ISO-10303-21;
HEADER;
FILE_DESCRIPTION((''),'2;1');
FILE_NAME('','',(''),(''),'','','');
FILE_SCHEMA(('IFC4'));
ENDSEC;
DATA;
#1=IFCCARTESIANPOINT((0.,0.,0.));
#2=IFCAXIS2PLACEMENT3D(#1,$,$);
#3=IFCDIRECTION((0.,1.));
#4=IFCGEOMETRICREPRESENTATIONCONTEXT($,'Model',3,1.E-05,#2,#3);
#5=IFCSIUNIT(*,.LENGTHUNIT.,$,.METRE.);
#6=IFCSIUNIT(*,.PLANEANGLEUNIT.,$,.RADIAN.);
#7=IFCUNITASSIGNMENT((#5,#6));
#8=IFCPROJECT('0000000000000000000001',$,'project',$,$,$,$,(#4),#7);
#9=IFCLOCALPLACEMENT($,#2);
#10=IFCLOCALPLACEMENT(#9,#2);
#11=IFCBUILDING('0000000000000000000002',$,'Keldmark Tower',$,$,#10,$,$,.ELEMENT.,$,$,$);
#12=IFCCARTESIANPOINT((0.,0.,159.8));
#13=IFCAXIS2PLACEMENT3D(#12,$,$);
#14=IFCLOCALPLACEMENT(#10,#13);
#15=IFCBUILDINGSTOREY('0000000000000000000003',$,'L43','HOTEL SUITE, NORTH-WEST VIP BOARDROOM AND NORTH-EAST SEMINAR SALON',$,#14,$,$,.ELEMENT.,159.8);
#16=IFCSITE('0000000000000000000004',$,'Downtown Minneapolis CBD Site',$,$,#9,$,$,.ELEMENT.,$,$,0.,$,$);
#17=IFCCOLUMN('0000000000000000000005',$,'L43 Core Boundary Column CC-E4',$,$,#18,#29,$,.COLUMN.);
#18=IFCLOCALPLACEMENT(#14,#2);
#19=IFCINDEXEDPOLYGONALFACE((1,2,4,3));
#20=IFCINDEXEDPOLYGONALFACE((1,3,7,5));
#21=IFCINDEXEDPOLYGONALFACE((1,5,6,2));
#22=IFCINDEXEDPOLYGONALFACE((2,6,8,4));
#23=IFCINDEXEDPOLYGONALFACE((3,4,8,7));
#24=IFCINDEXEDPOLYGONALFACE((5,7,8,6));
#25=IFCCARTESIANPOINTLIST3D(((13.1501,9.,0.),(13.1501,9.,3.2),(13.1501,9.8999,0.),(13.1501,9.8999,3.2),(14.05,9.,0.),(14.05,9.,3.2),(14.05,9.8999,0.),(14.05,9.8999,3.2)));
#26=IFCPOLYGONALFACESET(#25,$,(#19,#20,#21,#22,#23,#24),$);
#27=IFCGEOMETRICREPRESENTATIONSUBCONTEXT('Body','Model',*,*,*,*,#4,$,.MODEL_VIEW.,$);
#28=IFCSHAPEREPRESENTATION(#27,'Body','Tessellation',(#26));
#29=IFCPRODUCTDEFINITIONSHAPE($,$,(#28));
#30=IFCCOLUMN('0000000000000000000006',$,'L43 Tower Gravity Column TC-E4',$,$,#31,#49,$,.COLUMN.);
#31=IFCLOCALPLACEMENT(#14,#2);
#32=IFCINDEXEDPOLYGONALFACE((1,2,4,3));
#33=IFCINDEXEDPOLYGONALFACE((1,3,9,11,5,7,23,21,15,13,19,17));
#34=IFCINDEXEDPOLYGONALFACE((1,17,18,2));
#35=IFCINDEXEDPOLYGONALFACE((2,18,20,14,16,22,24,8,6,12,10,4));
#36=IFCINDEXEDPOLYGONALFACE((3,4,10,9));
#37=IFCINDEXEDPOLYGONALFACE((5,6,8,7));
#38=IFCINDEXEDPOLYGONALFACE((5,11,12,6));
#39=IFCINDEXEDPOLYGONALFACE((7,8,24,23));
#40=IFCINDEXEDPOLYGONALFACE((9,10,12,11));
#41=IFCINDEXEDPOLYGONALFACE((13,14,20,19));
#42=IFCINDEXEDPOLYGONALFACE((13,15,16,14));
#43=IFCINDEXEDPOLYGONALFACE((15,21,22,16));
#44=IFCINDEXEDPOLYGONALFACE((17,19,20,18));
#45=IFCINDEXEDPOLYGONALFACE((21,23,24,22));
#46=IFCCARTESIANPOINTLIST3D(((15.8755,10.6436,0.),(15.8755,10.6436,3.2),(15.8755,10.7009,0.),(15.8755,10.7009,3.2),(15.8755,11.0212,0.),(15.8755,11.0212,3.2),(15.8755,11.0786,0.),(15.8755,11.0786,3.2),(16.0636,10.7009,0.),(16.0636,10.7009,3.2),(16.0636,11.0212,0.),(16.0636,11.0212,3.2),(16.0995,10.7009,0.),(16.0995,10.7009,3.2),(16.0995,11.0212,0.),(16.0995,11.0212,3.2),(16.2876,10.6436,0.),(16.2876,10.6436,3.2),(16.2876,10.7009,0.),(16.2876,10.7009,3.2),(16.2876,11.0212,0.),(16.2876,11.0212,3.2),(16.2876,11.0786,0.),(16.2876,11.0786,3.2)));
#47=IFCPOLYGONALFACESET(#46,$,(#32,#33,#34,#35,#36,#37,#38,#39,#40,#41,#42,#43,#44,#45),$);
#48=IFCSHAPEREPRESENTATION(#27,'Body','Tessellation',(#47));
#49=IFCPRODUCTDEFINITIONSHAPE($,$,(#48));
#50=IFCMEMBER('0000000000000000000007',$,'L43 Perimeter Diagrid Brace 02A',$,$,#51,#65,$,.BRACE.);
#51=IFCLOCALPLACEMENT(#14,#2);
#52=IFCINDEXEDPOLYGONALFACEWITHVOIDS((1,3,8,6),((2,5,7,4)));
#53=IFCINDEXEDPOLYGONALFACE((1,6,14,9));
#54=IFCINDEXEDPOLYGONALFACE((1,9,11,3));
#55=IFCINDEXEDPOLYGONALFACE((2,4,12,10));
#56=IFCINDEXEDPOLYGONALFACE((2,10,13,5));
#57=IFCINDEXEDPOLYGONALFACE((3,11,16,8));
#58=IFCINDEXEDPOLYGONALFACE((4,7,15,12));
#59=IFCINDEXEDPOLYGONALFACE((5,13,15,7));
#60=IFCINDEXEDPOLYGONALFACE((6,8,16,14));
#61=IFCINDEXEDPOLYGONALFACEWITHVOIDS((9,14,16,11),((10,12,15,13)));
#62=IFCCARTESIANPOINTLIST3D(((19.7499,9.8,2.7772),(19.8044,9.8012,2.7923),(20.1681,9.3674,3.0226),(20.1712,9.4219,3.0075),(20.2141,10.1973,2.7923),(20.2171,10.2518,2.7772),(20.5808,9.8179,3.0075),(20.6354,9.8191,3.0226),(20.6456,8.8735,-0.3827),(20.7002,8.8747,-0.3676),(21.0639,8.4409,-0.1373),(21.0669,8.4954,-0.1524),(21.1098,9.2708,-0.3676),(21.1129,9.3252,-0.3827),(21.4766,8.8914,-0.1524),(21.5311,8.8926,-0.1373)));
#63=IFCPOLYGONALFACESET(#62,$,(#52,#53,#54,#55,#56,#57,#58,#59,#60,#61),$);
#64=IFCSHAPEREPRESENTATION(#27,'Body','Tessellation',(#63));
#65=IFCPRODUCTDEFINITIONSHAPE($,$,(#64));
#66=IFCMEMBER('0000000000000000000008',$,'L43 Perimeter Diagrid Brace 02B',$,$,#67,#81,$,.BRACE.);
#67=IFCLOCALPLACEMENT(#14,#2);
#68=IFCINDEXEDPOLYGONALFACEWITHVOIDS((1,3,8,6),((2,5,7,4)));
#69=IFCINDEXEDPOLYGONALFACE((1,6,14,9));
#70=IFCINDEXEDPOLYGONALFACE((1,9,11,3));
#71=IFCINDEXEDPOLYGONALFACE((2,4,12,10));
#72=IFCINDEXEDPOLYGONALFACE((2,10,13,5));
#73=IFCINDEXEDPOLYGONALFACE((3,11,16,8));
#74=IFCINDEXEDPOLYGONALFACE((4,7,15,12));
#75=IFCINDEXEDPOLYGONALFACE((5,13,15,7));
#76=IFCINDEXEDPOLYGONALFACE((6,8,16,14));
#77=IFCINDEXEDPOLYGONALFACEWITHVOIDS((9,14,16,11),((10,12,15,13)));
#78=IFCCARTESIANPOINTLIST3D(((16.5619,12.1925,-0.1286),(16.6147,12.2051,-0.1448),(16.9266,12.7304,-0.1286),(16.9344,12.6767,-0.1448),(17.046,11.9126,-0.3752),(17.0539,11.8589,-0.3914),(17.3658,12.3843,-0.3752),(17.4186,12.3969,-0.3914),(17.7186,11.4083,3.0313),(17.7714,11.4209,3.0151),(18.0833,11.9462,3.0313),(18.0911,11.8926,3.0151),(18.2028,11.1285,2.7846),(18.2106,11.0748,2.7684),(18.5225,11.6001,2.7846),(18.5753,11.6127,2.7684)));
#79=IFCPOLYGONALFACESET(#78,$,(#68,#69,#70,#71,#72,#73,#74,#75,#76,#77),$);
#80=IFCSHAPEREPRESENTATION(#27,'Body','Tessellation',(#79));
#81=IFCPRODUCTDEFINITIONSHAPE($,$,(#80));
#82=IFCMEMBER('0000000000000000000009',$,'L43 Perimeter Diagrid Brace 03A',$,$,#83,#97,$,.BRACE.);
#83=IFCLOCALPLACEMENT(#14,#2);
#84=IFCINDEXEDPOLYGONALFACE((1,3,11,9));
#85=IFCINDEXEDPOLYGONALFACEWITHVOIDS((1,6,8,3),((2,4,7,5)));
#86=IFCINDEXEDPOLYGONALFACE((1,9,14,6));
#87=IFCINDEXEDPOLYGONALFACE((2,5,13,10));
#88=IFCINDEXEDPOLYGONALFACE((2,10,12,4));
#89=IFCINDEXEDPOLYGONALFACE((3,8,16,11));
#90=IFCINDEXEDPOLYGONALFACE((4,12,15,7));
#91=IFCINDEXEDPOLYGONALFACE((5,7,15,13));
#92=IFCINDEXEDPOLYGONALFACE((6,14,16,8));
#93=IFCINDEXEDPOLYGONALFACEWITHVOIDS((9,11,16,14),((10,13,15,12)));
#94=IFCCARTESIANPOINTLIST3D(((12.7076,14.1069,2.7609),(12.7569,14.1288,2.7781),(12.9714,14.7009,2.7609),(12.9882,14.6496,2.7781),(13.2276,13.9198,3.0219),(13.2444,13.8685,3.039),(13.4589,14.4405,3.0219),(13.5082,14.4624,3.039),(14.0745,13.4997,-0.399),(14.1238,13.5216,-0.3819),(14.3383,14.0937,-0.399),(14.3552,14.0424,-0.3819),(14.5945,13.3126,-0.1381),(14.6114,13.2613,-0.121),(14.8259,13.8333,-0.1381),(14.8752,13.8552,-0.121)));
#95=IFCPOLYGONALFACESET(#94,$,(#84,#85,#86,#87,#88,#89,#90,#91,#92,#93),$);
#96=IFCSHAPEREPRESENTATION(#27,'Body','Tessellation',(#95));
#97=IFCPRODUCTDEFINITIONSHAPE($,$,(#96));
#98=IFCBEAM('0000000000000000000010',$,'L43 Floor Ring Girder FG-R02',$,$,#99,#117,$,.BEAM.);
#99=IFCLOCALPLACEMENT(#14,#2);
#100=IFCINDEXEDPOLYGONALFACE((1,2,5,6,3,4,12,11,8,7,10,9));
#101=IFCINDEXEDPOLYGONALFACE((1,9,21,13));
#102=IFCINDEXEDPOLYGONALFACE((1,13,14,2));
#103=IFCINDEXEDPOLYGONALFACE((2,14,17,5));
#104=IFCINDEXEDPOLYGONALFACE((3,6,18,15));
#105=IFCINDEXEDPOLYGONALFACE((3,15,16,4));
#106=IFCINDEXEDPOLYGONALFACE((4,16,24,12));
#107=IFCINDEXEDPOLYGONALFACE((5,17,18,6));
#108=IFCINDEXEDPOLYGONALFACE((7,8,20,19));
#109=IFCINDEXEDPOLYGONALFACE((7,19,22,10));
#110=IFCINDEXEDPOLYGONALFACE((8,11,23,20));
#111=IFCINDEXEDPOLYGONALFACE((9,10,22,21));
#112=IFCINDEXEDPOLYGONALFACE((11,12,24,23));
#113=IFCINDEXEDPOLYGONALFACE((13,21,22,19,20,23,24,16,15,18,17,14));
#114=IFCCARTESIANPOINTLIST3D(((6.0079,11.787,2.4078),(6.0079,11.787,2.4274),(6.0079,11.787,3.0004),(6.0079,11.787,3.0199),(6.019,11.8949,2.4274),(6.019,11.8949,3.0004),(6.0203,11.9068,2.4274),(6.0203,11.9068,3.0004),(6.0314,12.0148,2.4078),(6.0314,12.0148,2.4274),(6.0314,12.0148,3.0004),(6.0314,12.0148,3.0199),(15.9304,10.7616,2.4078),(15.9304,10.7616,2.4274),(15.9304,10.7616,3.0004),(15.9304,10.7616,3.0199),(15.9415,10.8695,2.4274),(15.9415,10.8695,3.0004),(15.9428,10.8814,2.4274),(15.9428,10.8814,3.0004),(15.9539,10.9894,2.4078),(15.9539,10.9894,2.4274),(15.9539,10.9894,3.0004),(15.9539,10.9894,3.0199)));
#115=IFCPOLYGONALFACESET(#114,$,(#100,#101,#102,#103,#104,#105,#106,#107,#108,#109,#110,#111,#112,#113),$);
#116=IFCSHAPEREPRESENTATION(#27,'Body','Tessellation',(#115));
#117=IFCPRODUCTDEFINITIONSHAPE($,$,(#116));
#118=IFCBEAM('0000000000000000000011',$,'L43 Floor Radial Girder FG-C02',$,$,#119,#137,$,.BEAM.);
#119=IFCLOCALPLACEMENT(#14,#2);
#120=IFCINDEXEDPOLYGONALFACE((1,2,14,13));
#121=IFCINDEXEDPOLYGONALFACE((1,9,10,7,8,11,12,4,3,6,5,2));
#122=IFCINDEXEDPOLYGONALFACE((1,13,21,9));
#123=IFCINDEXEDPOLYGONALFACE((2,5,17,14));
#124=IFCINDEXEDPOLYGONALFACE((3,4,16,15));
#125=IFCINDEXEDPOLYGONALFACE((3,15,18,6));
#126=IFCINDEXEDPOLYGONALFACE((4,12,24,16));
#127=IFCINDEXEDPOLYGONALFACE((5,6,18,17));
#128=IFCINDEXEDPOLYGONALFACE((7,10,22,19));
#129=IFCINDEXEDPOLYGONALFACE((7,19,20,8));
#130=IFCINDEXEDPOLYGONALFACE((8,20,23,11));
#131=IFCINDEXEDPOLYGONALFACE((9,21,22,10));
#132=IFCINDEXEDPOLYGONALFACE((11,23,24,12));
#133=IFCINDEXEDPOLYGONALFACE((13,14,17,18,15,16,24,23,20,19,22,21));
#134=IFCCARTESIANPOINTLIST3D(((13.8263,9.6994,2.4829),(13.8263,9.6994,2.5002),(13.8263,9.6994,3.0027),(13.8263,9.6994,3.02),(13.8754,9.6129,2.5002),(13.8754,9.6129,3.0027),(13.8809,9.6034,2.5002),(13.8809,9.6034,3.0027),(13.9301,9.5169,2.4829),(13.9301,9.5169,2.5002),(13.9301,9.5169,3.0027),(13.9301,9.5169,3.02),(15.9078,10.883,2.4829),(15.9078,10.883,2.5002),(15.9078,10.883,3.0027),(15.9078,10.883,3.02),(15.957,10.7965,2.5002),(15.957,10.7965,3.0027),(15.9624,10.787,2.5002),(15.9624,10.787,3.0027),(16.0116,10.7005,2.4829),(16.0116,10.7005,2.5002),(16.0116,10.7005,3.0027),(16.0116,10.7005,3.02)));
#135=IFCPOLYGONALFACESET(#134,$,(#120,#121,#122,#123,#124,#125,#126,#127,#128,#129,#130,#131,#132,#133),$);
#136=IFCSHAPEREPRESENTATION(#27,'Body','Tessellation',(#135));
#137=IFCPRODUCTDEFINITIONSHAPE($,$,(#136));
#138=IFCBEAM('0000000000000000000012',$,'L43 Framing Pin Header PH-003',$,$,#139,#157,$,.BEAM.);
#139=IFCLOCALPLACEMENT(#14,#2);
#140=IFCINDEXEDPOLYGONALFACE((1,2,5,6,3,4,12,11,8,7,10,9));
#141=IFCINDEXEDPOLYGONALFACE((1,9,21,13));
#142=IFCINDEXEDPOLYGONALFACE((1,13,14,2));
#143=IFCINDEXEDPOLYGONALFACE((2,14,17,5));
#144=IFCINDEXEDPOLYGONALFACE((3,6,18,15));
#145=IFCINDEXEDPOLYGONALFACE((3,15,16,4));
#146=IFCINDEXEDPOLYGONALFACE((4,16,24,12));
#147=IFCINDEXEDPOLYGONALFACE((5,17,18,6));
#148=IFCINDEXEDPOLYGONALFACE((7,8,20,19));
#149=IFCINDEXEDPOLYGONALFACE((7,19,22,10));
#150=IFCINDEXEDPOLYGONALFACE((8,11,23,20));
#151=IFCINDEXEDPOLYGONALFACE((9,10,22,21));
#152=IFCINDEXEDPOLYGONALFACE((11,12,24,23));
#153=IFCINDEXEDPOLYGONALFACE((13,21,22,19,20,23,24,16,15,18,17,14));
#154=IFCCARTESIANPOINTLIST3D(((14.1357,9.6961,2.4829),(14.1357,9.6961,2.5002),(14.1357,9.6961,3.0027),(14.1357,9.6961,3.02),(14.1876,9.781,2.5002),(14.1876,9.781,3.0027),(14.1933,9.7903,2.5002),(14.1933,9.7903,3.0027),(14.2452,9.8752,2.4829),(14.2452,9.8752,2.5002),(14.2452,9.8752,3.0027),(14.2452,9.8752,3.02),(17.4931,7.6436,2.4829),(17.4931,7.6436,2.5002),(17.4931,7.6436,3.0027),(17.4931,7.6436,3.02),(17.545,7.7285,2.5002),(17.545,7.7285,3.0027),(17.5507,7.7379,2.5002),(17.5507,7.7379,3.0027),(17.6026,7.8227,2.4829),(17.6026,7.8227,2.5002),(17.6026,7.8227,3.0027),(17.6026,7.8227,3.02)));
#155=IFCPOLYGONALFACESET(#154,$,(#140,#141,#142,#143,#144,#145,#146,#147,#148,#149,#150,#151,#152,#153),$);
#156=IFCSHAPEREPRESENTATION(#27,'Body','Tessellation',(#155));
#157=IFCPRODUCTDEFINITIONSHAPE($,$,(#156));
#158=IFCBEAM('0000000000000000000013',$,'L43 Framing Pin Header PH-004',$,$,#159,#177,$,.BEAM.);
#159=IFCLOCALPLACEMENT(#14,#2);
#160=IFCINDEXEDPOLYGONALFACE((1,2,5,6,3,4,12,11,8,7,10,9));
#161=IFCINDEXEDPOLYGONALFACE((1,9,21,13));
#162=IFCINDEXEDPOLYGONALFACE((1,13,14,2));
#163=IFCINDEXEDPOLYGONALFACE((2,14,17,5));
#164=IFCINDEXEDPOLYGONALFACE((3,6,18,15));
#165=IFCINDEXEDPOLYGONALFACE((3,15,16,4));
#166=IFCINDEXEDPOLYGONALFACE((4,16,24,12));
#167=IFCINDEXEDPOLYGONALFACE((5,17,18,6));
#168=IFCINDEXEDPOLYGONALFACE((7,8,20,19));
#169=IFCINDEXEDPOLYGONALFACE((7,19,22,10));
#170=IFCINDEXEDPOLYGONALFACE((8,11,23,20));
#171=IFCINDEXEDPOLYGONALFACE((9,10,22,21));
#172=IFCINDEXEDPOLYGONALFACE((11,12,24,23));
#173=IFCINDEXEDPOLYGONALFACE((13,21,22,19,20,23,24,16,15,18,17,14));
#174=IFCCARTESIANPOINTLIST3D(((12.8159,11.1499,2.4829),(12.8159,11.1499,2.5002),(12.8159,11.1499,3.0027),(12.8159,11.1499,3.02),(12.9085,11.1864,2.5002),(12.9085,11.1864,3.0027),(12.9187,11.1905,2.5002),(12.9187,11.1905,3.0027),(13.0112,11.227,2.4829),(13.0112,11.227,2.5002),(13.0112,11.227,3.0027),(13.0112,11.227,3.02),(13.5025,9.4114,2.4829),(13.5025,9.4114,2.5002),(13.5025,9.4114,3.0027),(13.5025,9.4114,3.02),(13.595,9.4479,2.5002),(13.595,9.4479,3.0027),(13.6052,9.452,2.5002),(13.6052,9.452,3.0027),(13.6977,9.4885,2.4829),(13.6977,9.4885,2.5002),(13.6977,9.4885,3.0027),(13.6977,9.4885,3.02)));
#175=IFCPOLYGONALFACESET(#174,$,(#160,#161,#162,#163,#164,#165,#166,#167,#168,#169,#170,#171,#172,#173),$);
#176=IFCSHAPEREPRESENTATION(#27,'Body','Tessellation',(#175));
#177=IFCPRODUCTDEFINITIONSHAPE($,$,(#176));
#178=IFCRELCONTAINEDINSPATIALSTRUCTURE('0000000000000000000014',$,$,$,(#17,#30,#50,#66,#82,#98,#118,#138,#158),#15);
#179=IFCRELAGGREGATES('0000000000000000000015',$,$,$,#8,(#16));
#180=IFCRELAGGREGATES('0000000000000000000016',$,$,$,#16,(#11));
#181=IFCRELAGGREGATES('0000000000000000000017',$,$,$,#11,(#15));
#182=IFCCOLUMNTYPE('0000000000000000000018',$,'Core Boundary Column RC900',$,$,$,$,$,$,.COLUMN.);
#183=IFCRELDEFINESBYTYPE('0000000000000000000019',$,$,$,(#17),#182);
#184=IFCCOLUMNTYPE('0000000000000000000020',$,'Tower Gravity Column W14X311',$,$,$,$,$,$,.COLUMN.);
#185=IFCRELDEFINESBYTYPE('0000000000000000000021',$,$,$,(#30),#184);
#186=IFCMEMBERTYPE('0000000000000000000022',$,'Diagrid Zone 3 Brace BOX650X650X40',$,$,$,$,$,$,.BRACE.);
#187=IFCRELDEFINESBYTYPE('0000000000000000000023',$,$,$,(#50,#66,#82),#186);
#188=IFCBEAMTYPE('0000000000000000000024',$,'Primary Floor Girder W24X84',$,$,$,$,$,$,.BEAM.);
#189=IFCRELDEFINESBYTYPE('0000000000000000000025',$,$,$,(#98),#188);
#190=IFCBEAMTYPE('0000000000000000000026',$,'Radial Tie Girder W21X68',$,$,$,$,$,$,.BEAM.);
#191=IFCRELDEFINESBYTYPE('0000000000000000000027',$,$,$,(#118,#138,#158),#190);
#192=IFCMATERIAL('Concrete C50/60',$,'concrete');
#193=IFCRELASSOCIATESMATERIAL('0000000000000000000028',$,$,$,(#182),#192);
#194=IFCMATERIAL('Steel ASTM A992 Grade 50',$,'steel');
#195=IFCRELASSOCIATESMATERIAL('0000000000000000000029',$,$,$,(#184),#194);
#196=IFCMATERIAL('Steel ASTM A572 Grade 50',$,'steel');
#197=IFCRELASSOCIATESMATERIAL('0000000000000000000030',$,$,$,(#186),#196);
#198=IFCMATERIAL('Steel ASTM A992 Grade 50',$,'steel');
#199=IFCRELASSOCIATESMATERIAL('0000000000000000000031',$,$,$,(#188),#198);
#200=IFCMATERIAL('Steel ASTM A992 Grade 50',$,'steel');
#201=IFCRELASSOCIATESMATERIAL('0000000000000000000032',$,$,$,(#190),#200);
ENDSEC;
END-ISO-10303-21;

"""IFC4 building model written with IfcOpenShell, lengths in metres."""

from ifc_helpers import new_model, si_unit, direction, frame, origin, origin_2d, place, context, subcontext, project, spatial, rectangle, hollow_rectangle, i_section, extrude, material, material_profile, profile_set, type_object, element, save


model = new_model("IFC4")

# Units and contexts
model_context = context("Model", 3, precision=1e-05, world=origin(), true_north=direction((0.0, 1.0)))
body_context = subcontext(model_context, "Body", "Model", "MODEL_VIEW")
ifc_project = project(units=[si_unit("LENGTHUNIT", "METRE"), si_unit("PLANEANGLEUNIT", "RADIAN")], contexts=[model_context])

# Site, building, storey
site_placement = place(None, origin())
site = spatial("IfcSite", under=ifc_project, at=site_placement, Name="Downtown Minneapolis CBD Site", CompositionType="ELEMENT", RefElevation=0.0)
building_placement = place(site_placement, origin())
building = spatial("IfcBuilding", under=site, at=building_placement, Name="Keldmark Tower", CompositionType="ELEMENT")
storey_placement = place(building_placement, frame((0.0, 0.0, 159.8)))
storey = spatial("IfcBuildingStorey", under=building, at=storey_placement, Name="L43", Description="HOTEL SUITE, NORTH-WEST VIP BOARDROOM AND NORTH-EAST SEMINAR SALON", CompositionType="ELEMENT", Elevation=159.8)

# Columns
ifc_material_1 = material(Name="Concrete C50/60", Category="concrete")
ifc_material_profile_1 = material_profile(ifc_material_1, rectangle(XDim=0.8999, YDim=0.8999, at=origin_2d()), Name="RC900X900")
ifc_profile_set_1 = profile_set([ifc_material_profile_1], Name="Concrete C50/60")
column_type_1 = type_object("IfcColumnType", Name="Core Boundary Column RC900", PredefinedType="COLUMN", material=ifc_profile_set_1)
column_1_placement = place(storey_placement, frame((13.6001, 9.45, 0.0), z_axis=(0.0, 0.0, 1.0), x_axis=(1.0, 0.0, 0.0)))
element("IfcColumn", 1, at=column_1_placement, inside=storey, type_object=column_type_1, Name="L43 Core Boundary Column CC-E4", PredefinedType="COLUMN", context=body_context, shape_type="SweptSolid", body=[
    extrude(rectangle(XDim=0.8999, YDim=0.8999, at=origin_2d()), origin(), (0.0, 0.0, 1.0), 3.2),
])
ifc_material_2 = material(Name="Steel ASTM A992 Grade 50", Category="steel")
ifc_material_profile_2 = material_profile(ifc_material_2, i_section(OverallWidth=0.4121, OverallDepth=0.4351, WebThickness=0.0359, FlangeThickness=0.0574, at=origin_2d()), Name="W14X311")
ifc_profile_set_2 = profile_set([ifc_material_profile_2], Name="Steel ASTM A992 Grade 50")
column_type_2 = type_object("IfcColumnType", Name="Tower Gravity Column W14X311", PredefinedType="COLUMN", material=ifc_profile_set_2)
column_2_placement = place(storey_placement, frame((16.0815, 10.8611, 0.0), z_axis=(0.0, 0.0, 1.0), x_axis=(1.0, 0.0, 0.0)))
element("IfcColumn", 2, at=column_2_placement, inside=storey, type_object=column_type_2, Name="L43 Tower Gravity Column TC-E4", PredefinedType="COLUMN", context=body_context, shape_type="SweptSolid", body=[
    extrude(i_section(OverallWidth=0.4121, OverallDepth=0.4351, WebThickness=0.0359, FlangeThickness=0.0574, at=origin_2d()), origin(), (0.0, 0.0, 1.0), 3.2),
])

# Members
ifc_material_3 = material(Name="Steel ASTM A572 Grade 50", Category="steel")
ifc_material_profile_3 = material_profile(ifc_material_3, hollow_rectangle(XDim=0.6499, YDim=0.6499, WallThickness=0.04, at=origin_2d()), Name="BOX650X650X40")
ifc_profile_set_3 = profile_set([ifc_material_profile_3], Name="Steel ASTM A572 Grade 50")
member_type = type_object("IfcMemberType", Name="Diagrid Zone 3 Brace BOX650X650X40", PredefinedType="BRACE", material=ifc_profile_set_3)
member_1_placement = place(storey_placement, frame((21.0884, 8.8831, -0.26), z_axis=(-0.262484, 0.271498, 0.925954), x_axis=(-0.718941, -0.695071, 0.0)))
element("IfcMember", 3, at=member_1_placement, inside=storey, type_object=member_type, Name="L43 Perimeter Diagrid Brace 02A", PredefinedType="BRACE", context=body_context, shape_type="SweptSolid", body=[
    extrude(hollow_rectangle(XDim=0.6499, YDim=0.6499, WallThickness=0.04, at=origin_2d()), origin(), (0.0, 0.0, 1.0), 3.4126),
])
member_2_placement = place(storey_placement, frame((16.9902, 12.2947, -0.26), z_axis=(0.334787, -0.22696, 0.914553), x_axis=(0.561134, 0.827725, 0.0)))
element("IfcMember", 4, at=member_2_placement, inside=storey, type_object=member_type, Name="L43 Perimeter Diagrid Brace 02B", PredefinedType="BRACE", context=body_context, shape_type="SweptSolid", body=[
    extrude(hollow_rectangle(XDim=0.6499, YDim=0.6499, WallThickness=0.04, at=origin_2d()), origin(), (0.0, 0.0, 1.0), 3.4551),
])
member_3_placement = place(storey_placement, frame((14.4749, 13.6775, -0.26), z_axis=(-0.390998, 0.173676, 0.903857), x_axis=(-0.405942, -0.913899, 0.0)))
element("IfcMember", 5, at=member_3_placement, inside=storey, type_object=member_type, Name="L43 Perimeter Diagrid Brace 03A", PredefinedType="BRACE", context=body_context, shape_type="SweptSolid", body=[
    extrude(hollow_rectangle(XDim=0.6499, YDim=0.6499, WallThickness=0.04, at=origin_2d()), origin(), (0.0, 0.0, 1.0), 3.4961),
])

# Beams
ifc_material_4 = material(Name="Steel ASTM A992 Grade 50", Category="steel")
ifc_material_profile_4 = material_profile(ifc_material_4, i_section(OverallWidth=0.229, OverallDepth=0.6121, WebThickness=0.012, FlangeThickness=0.0195, at=origin_2d()), Name="W24X84")
ifc_profile_set_4 = profile_set([ifc_material_profile_4], Name="Steel ASTM A992 Grade 50")
beam_type_1 = type_object("IfcBeamType", Name="Primary Floor Girder W24X84", PredefinedType="BEAM", material=ifc_profile_set_4)
beam_1_placement = place(storey_placement, frame((15.9421, 10.8755, 2.7139), z_axis=(-0.994703, 0.102791, 0.0), x_axis=(-0.102791, -0.994703, 0.0)))
element("IfcBeam", 6, at=beam_1_placement, inside=storey, type_object=beam_type_1, Name="L43 Floor Ring Girder FG-R02", PredefinedType="BEAM", context=body_context, shape_type="SweptSolid", body=[
    extrude(i_section(OverallWidth=0.229, OverallDepth=0.6121, WebThickness=0.012, FlangeThickness=0.0195, at=origin_2d()), origin(), (0.0, 0.0, 1.0), 9.9753),
])
ifc_material_5 = material(Name="Steel ASTM A992 Grade 50", Category="steel")
ifc_material_profile_5 = material_profile(ifc_material_5, i_section(OverallWidth=0.21, OverallDepth=0.5371, WebThickness=0.011, FlangeThickness=0.0173, at=origin_2d()), Name="W21X68")
ifc_profile_set_5 = profile_set([ifc_material_profile_5], Name="Steel ASTM A992 Grade 50")
beam_type_2 = type_object("IfcBeamType", Name="Radial Tie Girder W21X68", PredefinedType="BEAM", material=ifc_profile_set_5)
beam_2_placement = place(storey_placement, frame((15.9597, 10.7917, 2.7515), z_axis=(-0.869295, -0.494293, 0.0), x_axis=(0.494293, -0.869295, 0.0)))
element("IfcBeam", 7, at=beam_2_placement, inside=storey, type_object=beam_type_2, Name="L43 Floor Radial Girder FG-C02", PredefinedType="BEAM", context=body_context, shape_type="SweptSolid", body=[
    extrude(i_section(OverallWidth=0.21, OverallDepth=0.5371, WebThickness=0.011, FlangeThickness=0.0173, at=origin_2d()), origin(), (0.0, 0.0, 1.0), 2.3945),
])
beam_3_placement = place(storey_placement, frame((14.1904, 9.7856, 2.7515), z_axis=(0.853199, -0.521586, 0.0), x_axis=(0.521586, 0.853199, 0.0)))
element("IfcBeam", 8, at=beam_3_placement, inside=storey, type_object=beam_type_2, Name="L43 Framing Pin Header PH-003", PredefinedType="BEAM", context=body_context, shape_type="SweptSolid", body=[
    extrude(i_section(OverallWidth=0.21, OverallDepth=0.5371, WebThickness=0.011, FlangeThickness=0.0173, at=origin_2d()), origin(), (0.0, 0.0, 1.0), 3.9351),
])
beam_4_placement = place(storey_placement, frame((13.6001, 9.45, 2.7515), z_axis=(-0.367288, 0.930107, 0.0), x_axis=(-0.930107, -0.367288, 0.0)))
element("IfcBeam", 9, at=beam_4_placement, inside=storey, type_object=beam_type_2, Name="L43 Framing Pin Header PH-004", PredefinedType="BEAM", context=body_context, shape_type="SweptSolid", body=[
    extrude(i_section(OverallWidth=0.21, OverallDepth=0.5371, WebThickness=0.011, FlangeThickness=0.0173, at=origin_2d()), origin(), (0.0, 0.0, 1.0), 1.8691),
])

save(model, "model.ifc")
